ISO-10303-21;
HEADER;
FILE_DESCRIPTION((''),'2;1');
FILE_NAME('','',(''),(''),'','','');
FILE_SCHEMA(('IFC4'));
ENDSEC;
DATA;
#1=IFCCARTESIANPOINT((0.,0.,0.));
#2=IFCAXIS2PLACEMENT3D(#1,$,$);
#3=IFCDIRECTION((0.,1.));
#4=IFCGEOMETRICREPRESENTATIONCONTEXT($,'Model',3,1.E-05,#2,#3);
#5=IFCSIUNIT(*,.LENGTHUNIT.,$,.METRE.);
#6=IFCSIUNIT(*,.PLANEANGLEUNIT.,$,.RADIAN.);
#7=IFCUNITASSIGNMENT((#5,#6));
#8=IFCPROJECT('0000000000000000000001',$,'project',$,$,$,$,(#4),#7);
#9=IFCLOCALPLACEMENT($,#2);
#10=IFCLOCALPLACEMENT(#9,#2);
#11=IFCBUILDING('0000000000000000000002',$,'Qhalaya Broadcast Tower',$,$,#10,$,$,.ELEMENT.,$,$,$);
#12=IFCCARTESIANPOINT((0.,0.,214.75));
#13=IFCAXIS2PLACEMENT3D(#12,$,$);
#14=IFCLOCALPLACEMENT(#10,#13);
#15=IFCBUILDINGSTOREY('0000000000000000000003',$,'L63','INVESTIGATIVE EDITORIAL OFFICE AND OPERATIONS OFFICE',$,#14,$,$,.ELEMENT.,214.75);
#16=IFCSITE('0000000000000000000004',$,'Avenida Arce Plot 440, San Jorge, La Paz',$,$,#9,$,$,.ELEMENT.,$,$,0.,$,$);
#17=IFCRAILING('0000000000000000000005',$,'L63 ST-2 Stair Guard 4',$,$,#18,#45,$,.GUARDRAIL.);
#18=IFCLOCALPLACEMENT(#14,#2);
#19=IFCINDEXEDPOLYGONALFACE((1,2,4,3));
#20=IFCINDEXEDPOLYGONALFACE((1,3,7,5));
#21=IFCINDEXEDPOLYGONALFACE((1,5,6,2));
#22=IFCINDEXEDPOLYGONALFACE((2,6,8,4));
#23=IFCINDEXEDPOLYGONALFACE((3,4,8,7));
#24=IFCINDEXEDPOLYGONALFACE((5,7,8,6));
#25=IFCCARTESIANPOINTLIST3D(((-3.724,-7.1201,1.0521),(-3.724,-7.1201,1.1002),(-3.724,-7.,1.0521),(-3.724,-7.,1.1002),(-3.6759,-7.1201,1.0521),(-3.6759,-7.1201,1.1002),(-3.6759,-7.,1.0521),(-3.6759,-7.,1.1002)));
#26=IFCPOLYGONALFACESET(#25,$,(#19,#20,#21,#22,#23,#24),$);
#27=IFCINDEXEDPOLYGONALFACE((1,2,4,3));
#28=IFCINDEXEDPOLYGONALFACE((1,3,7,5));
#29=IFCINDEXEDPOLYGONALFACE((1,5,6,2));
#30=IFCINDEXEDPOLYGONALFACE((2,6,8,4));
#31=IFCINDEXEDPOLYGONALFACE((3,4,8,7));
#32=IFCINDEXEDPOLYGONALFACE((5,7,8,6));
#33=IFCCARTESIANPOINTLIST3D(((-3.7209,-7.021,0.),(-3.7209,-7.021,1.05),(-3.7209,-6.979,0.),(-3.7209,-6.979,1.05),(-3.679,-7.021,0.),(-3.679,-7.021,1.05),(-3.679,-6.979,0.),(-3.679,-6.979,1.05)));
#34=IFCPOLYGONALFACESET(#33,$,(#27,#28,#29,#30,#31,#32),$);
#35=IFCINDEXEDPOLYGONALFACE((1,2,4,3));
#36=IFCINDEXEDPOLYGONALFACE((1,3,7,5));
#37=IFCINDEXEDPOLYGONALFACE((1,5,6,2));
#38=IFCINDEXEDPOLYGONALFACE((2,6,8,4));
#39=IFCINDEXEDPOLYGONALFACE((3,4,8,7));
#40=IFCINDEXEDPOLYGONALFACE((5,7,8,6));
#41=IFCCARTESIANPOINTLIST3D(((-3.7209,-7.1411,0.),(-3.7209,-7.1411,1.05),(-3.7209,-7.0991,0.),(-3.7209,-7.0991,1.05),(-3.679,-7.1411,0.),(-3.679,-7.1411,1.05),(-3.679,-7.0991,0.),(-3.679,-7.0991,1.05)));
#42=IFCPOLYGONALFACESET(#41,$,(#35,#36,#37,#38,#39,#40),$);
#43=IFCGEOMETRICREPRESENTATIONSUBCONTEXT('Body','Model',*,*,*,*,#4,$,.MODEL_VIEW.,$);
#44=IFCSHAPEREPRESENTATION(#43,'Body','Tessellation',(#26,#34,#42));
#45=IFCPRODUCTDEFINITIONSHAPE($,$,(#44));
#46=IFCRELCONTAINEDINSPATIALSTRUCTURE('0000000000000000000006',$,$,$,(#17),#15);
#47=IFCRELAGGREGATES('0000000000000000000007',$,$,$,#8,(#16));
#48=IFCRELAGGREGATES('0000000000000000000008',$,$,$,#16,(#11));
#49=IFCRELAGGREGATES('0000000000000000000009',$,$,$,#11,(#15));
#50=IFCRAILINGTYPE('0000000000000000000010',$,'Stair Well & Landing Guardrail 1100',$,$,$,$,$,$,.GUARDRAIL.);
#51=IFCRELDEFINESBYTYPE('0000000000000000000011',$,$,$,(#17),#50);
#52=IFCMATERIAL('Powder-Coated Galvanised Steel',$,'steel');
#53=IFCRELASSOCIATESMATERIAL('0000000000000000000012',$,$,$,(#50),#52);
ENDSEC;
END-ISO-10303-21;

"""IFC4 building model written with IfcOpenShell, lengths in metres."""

from ifc_helpers import new_model, si_unit, direction, frame, origin, origin_2d, place, context, subcontext, project, spatial, rectangle, extrude, material, type_object, element, save


model = new_model("IFC4")

# Units and contexts
model_context = context("Model", 3, precision=1e-05, world=origin(), true_north=direction((0.0, 1.0)))
body_context = subcontext(model_context, "Body", "Model", "MODEL_VIEW")
ifc_project = project(units=[si_unit("LENGTHUNIT", "METRE"), si_unit("PLANEANGLEUNIT", "RADIAN")], contexts=[model_context])

# Site, building, storey
site_placement = place(None, origin())
site = spatial("IfcSite", under=ifc_project, at=site_placement, Name="Avenida Arce Plot 440, San Jorge, La Paz", CompositionType="ELEMENT", RefElevation=0.0)
building_placement = place(site_placement, origin())
building = spatial("IfcBuilding", under=site, at=building_placement, Name="Qhalaya Broadcast Tower", CompositionType="ELEMENT")
storey_placement = place(building_placement, frame((0.0, 0.0, 214.75)))
storey = spatial("IfcBuildingStorey", under=building, at=storey_placement, Name="L63", Description="INVESTIGATIVE EDITORIAL OFFICE AND OPERATIONS OFFICE", CompositionType="ELEMENT", Elevation=214.75)

# Railing
ifc_material_1 = material(Name="Powder-Coated Galvanised Steel", Category="steel")
railing_type_1 = type_object("IfcRailingType", Name="Stair Well & Landing Guardrail 1100", PredefinedType="GUARDRAIL", material=ifc_material_1)
railing_1_placement = place(storey_placement, frame((-3.7, -7.0, 0.0)))
element("IfcRailing", 1, at=railing_1_placement, inside=storey, type_object=railing_type_1, Name="L63 ST-2 Stair Guard 4", PredefinedType="GUARDRAIL", context=body_context, shape_type="SweptSolid", body=[
    extrude(rectangle(XDim=0.0481, YDim=0.0481, at=origin_2d()), frame((0.0, 0.0, 1.0762), z_axis=(0.0, -1.0, 0.0), x_axis=(1.0, 0.0, 0.0)), (0.0, 0.0, 1.0), 0.1201),
    extrude(rectangle(XDim=0.042, YDim=0.042, at=origin_2d()), origin(), (0.0, 0.0, 1.0), 1.05),
    extrude(rectangle(XDim=0.042, YDim=0.042, at=origin_2d()), frame((0.0, -0.1201, 0.0)), (0.0, 0.0, 1.0), 1.05),
])

save(model, "model.ifc")
